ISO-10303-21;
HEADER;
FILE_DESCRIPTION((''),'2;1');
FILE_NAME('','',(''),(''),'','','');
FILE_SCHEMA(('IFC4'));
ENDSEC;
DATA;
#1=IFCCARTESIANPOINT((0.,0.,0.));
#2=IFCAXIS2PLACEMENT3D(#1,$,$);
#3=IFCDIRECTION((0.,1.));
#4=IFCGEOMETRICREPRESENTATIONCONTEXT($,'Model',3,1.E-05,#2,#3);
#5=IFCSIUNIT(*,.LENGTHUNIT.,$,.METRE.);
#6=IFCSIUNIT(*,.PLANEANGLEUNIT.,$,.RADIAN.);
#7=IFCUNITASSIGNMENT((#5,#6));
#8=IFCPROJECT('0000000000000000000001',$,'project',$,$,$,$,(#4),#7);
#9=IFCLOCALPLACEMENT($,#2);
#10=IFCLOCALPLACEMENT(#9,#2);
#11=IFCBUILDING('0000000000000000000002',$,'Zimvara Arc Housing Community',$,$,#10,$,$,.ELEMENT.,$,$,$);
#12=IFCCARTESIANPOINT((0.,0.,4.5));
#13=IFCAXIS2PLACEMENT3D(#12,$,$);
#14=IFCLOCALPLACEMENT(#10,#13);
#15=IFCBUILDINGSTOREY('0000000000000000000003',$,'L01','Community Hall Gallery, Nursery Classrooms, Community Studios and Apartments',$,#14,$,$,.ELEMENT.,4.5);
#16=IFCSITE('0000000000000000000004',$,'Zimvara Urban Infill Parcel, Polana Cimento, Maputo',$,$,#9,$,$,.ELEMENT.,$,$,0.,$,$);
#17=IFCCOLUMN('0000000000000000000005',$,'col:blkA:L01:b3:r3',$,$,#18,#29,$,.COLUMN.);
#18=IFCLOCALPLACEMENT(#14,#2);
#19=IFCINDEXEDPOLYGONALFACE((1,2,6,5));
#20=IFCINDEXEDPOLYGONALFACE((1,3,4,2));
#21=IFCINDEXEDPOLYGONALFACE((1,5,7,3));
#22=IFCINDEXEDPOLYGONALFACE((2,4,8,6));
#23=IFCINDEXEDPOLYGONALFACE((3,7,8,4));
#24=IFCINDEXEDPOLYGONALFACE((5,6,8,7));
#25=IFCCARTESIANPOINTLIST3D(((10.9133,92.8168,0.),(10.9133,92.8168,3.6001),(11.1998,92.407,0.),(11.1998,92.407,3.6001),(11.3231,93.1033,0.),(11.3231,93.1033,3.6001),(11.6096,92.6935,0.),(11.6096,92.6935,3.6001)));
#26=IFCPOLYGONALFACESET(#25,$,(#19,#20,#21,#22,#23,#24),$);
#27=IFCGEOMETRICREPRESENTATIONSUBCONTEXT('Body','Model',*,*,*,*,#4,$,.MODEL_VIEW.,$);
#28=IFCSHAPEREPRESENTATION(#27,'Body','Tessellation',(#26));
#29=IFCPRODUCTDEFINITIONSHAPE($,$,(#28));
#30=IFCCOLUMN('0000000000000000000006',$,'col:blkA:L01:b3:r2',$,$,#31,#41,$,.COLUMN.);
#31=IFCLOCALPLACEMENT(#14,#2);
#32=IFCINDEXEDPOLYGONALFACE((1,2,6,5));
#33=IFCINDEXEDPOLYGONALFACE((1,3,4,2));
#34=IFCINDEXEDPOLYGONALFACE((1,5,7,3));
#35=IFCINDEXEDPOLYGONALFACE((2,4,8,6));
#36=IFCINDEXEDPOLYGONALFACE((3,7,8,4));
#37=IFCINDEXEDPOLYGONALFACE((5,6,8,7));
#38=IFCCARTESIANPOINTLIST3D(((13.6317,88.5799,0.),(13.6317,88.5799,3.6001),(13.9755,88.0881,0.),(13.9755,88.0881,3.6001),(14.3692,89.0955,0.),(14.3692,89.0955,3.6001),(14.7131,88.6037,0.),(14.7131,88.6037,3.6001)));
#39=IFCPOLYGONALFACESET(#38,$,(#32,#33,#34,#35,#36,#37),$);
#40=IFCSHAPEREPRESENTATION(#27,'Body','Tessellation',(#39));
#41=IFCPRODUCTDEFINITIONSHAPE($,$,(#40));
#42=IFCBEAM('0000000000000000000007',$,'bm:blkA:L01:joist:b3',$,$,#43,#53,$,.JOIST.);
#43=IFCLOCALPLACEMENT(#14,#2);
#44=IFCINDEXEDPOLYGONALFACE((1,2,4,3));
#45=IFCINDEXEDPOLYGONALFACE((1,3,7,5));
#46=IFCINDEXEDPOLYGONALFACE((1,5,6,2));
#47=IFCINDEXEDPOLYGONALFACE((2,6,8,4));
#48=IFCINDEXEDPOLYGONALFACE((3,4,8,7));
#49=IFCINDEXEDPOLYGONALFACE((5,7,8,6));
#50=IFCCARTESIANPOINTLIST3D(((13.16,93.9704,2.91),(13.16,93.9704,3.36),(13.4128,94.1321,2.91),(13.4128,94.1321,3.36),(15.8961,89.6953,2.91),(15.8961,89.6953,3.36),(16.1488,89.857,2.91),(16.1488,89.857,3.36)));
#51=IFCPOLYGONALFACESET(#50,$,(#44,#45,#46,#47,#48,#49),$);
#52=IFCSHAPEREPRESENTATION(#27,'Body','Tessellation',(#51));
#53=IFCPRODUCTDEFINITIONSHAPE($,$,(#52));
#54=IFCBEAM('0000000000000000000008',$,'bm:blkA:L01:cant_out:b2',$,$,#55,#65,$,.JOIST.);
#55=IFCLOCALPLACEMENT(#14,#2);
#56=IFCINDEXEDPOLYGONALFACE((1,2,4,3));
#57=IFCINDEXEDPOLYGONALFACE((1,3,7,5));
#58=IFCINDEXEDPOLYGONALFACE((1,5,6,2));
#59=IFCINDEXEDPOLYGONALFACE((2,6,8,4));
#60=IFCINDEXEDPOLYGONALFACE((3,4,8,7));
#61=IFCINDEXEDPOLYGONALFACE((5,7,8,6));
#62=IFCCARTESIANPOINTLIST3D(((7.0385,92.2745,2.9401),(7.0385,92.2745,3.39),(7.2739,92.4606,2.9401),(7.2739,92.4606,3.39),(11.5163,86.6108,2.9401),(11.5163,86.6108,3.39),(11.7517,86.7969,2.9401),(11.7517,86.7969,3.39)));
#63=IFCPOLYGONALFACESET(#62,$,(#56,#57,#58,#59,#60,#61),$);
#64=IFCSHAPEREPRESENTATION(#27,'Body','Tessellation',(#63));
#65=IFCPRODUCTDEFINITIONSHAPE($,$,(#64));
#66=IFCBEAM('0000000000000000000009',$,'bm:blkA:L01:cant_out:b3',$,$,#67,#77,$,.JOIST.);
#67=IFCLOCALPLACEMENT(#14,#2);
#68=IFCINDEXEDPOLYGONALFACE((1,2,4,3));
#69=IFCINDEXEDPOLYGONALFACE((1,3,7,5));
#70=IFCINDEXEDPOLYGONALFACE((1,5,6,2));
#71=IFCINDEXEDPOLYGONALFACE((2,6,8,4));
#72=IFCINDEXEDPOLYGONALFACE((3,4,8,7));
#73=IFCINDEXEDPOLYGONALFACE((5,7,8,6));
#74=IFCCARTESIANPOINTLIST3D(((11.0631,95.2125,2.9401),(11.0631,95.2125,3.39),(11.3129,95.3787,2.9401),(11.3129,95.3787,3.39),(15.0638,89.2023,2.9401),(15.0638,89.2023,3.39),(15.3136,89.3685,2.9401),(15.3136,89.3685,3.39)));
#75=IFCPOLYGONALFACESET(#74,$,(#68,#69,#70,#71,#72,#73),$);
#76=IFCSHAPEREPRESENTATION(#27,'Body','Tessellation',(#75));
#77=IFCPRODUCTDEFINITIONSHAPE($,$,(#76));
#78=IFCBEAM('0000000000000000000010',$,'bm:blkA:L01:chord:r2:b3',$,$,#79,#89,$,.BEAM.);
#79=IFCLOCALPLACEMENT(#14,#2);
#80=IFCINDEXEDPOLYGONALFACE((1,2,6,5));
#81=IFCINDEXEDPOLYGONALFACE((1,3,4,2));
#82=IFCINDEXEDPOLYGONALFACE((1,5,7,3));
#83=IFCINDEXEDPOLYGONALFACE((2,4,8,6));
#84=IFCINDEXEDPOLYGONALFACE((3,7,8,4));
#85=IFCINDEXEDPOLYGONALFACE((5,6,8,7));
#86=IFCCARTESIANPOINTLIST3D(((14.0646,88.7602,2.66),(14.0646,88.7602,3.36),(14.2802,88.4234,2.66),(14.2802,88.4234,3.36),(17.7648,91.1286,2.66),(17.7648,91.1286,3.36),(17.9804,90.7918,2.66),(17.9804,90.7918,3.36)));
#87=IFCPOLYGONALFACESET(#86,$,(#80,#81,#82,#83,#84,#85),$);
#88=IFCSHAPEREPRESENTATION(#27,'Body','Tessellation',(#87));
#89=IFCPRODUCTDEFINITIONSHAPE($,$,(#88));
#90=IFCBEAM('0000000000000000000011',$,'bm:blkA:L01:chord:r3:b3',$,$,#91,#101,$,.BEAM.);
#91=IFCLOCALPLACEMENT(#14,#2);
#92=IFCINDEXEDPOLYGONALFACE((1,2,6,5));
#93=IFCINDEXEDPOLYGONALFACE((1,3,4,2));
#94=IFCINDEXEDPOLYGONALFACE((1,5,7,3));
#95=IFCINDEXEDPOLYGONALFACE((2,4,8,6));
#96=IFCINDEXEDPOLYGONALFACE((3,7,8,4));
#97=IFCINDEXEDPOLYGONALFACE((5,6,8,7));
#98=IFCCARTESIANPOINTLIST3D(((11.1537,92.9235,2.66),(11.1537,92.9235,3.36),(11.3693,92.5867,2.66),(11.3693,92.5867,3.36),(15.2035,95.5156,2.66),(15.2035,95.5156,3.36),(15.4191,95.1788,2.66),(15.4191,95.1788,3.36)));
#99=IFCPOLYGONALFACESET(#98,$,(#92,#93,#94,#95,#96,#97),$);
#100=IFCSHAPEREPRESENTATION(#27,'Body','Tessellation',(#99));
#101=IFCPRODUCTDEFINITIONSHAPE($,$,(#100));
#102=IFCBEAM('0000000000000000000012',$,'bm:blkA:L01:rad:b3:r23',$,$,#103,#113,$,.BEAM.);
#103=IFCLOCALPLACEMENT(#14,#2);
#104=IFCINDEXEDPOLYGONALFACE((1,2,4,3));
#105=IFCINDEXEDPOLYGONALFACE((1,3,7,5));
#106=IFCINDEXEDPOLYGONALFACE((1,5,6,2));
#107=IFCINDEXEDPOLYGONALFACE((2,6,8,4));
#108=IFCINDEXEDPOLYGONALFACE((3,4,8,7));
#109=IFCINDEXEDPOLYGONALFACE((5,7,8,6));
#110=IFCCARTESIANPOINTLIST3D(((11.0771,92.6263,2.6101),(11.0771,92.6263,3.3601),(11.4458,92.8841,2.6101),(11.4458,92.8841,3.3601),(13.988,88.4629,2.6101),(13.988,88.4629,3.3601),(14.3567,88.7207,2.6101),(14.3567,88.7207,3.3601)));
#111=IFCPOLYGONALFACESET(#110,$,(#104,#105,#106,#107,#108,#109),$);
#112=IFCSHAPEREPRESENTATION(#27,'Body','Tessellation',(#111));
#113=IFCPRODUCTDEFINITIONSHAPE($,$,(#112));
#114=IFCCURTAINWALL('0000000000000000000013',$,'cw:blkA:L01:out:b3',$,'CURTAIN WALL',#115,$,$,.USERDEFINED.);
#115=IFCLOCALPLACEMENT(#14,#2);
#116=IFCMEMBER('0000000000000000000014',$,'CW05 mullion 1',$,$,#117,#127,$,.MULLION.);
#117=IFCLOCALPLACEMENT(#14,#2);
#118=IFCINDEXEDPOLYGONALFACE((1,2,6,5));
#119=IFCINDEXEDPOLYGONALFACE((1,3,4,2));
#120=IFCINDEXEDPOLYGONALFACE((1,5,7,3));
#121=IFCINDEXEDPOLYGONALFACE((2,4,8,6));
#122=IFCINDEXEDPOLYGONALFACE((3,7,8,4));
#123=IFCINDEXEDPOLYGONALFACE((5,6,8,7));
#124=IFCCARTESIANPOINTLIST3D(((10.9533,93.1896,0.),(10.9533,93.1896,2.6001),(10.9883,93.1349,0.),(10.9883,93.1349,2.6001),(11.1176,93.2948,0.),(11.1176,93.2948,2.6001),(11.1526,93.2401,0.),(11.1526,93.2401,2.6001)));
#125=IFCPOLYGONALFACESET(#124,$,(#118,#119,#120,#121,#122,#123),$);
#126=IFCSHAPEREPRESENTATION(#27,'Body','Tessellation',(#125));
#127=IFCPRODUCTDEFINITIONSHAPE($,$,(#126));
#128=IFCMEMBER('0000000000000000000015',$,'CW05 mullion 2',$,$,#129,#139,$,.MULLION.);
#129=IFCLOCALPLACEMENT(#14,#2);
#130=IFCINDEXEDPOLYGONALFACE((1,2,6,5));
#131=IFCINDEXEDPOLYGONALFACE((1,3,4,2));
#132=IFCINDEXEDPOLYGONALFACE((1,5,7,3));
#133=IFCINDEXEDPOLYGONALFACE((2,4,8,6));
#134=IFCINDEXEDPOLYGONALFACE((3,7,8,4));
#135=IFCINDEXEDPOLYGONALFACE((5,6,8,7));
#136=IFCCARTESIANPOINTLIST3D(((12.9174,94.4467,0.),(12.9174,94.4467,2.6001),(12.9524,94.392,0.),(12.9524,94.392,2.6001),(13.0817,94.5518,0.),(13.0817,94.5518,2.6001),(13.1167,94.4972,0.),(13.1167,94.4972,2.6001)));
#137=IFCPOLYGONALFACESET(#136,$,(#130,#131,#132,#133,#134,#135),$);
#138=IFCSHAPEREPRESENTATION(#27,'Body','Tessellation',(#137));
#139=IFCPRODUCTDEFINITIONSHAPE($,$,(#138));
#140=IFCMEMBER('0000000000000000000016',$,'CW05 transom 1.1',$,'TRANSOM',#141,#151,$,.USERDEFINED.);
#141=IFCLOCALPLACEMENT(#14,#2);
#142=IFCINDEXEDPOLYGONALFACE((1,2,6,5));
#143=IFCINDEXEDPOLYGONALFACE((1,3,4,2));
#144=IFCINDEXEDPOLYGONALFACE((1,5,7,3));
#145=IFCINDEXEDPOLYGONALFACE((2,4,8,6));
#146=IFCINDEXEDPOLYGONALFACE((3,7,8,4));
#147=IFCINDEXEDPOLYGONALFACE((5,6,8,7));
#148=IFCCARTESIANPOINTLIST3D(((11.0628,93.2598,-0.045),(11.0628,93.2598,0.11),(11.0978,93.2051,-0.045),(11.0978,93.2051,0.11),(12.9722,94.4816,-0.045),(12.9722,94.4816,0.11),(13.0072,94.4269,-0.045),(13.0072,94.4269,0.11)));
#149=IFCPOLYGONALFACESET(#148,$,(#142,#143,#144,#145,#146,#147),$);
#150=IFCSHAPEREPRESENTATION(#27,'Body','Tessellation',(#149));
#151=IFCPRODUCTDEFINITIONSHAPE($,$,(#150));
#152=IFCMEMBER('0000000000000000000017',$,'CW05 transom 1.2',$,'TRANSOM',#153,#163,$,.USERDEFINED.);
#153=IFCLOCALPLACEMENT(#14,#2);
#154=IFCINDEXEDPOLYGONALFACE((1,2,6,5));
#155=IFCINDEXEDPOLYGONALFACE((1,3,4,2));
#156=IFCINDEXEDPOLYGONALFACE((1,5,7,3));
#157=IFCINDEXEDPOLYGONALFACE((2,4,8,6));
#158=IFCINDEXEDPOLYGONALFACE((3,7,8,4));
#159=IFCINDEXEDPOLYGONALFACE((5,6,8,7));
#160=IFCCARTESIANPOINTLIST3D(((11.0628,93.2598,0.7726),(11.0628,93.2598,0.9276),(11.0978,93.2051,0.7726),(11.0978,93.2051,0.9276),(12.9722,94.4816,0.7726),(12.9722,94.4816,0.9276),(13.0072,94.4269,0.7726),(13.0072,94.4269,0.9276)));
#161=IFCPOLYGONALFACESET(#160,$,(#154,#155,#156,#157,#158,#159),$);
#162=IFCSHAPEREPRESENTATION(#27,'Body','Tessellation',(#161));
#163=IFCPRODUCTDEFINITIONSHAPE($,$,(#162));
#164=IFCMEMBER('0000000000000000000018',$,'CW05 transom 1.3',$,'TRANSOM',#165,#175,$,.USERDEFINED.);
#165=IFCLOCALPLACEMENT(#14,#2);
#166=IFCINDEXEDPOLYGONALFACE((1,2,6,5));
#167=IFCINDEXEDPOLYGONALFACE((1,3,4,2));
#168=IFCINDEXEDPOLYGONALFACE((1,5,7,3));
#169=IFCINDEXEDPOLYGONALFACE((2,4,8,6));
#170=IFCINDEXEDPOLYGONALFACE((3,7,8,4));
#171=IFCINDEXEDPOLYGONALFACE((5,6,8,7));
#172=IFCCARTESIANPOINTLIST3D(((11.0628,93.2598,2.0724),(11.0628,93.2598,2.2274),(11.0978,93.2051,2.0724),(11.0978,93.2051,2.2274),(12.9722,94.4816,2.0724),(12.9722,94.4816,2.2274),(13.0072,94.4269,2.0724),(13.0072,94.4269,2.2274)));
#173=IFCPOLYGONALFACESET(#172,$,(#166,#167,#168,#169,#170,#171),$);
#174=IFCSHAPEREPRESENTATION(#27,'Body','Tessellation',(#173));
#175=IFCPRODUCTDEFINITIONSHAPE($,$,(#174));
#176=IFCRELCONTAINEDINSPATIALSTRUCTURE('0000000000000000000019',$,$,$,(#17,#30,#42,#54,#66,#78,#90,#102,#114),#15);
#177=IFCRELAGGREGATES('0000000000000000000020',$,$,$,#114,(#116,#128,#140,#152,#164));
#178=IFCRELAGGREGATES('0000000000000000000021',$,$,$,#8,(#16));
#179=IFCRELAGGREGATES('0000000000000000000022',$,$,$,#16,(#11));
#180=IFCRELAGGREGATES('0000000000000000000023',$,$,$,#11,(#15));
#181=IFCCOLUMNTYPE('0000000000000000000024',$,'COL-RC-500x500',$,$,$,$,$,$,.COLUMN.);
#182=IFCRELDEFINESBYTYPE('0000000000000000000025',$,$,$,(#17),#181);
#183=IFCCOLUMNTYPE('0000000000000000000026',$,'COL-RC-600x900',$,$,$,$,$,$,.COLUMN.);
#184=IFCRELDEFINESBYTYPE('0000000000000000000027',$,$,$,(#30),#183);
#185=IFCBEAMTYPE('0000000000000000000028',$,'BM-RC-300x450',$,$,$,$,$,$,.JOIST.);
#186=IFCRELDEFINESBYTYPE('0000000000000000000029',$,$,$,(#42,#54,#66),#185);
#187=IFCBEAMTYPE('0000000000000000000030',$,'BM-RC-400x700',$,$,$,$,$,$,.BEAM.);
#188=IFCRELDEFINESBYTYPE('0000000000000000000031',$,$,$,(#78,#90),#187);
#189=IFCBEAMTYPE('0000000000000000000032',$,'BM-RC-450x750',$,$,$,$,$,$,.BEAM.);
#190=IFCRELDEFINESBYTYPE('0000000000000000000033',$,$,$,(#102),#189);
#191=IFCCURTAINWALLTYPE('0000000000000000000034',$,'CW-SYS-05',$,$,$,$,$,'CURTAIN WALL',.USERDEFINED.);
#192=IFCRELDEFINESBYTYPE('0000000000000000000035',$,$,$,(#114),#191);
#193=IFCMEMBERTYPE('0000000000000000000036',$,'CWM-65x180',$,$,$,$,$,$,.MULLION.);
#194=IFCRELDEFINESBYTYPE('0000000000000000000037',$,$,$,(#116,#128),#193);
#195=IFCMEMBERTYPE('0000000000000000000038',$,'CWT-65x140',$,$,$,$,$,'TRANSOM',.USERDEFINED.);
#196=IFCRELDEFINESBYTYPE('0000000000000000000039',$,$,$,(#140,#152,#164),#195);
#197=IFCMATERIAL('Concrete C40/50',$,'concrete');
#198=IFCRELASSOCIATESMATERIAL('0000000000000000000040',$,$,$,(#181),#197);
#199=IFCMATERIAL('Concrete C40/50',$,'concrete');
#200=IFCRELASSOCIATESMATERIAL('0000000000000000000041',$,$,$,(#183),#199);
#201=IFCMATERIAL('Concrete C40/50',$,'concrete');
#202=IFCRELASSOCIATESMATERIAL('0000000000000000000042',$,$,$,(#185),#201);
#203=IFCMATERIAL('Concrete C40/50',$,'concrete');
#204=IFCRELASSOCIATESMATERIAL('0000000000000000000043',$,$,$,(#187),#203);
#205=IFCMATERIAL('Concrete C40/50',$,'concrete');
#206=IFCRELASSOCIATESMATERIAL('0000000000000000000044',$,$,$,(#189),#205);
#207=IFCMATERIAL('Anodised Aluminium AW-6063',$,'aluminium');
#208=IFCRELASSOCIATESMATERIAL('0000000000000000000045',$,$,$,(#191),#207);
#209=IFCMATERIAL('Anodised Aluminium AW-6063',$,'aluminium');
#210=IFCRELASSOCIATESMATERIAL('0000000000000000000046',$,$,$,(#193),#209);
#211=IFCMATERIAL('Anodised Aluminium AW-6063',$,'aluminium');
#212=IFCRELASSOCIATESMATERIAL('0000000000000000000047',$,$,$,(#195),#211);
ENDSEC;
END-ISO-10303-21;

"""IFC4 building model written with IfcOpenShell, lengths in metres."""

from ifc_helpers import new_model, si_unit, direction, frame, origin, origin_2d, place, context, subcontext, project, spatial, rectangle, extrude, material, material_profile, profile_set, type_object, element, aggregate, save


model = new_model("IFC4")

# Units and contexts
model_context = context("Model", 3, precision=1e-05, world=origin(), true_north=direction((0.0, 1.0)))
body_context = subcontext(model_context, "Body", "Model", "MODEL_VIEW")
ifc_project = project(units=[si_unit("LENGTHUNIT", "METRE"), si_unit("PLANEANGLEUNIT", "RADIAN")], contexts=[model_context])

# Site, building, storey
site_placement = place(None, origin())
site = spatial("IfcSite", under=ifc_project, at=site_placement, Name="Zimvara Urban Infill Parcel, Polana Cimento, Maputo", CompositionType="ELEMENT", RefElevation=0.0)
building_placement = place(site_placement, origin())
building = spatial("IfcBuilding", under=site, at=building_placement, Name="Zimvara Arc Housing Community", CompositionType="ELEMENT")
storey_placement = place(building_placement, frame((0.0, 0.0, 4.5)))
storey = spatial("IfcBuildingStorey", under=building, at=storey_placement, Name="L01", Description="Community Hall Gallery, Nursery Classrooms, Community Studios and Apartments", CompositionType="ELEMENT", Elevation=4.5)

# Columns
ifc_material_1 = material(Name="Concrete C40/50", Category="concrete")
ifc_material_profile_1 = material_profile(ifc_material_1, rectangle(XDim=0.5, YDim=0.5, at=origin_2d()), Name="RC 500x500")
ifc_profile_set_1 = profile_set([ifc_material_profile_1], Name="Concrete C40/50")
column_type_1 = type_object("IfcColumnType", Name="COL-RC-500x500", PredefinedType="COLUMN", material=ifc_profile_set_1)
column_1_placement = place(storey_placement, frame((11.2615, 92.7551, 0.0), z_axis=(0.0, 0.0, 1.0), x_axis=(-0.573004, 0.819552, 0.0)))
element("IfcColumn", 1, at=column_1_placement, inside=storey, type_object=column_type_1, Name="col:blkA:L01:b3:r3", PredefinedType="COLUMN", context=body_context, shape_type="SweptSolid", body=[
    extrude(rectangle(XDim=0.5, YDim=0.5, at=origin_2d()), origin(), (0.0, 0.0, 1.0), 3.6001),
])
ifc_material_2 = material(Name="Concrete C40/50", Category="concrete")
ifc_material_profile_2 = material_profile(ifc_material_2, rectangle(XDim=0.6001, YDim=0.8999, at=origin_2d()), Name="RC 600x900")
ifc_profile_set_2 = profile_set([ifc_material_profile_2], Name="Concrete C40/50")
column_type_2 = type_object("IfcColumnType", Name="COL-RC-600x900", PredefinedType="COLUMN", material=ifc_profile_set_2)
column_2_placement = place(storey_placement, frame((14.1724, 88.5918, 0.0), z_axis=(0.0, 0.0, 1.0), x_axis=(-0.573004, 0.819552, 0.0)))
element("IfcColumn", 2, at=column_2_placement, inside=storey, type_object=column_type_2, Name="col:blkA:L01:b3:r2", PredefinedType="COLUMN", context=body_context, shape_type="SweptSolid", body=[
    extrude(rectangle(XDim=0.6001, YDim=0.8999, at=origin_2d()), origin(), (0.0, 0.0, 1.0), 3.6001),
])

# Beams
ifc_material_3 = material(Name="Concrete C40/50", Category="concrete")
ifc_material_profile_3 = material_profile(ifc_material_3, rectangle(XDim=0.3, YDim=0.45, at=origin_2d()), Name="RC 300x450")
ifc_profile_set_3 = profile_set([ifc_material_profile_3], Name="Concrete C40/50")
beam_type_1 = type_object("IfcBeamType", Name="BM-RC-300x450", PredefinedType="JOIST", material=ifc_profile_set_3)
beam_1_placement = place(storey_placement, frame((16.0225, 89.7761, 3.135), z_axis=(-0.539052, 0.842272, 0.0), x_axis=(-0.842272, -0.539052, 0.0)))
element("IfcBeam", 3, at=beam_1_placement, inside=storey, type_object=beam_type_1, Name="bm:blkA:L01:joist:b3", PredefinedType="JOIST", context=body_context, shape_type="SweptSolid", body=[
    extrude(rectangle(XDim=0.3, YDim=0.45, at=origin_2d()), origin(), (0.0, 0.0, 1.0), 5.0757),
])
for number, where, z_axis, x_axis, name in (
    (4, (11.634, 86.7039, 3.165), (-0.620202, 0.784442, 0.0), (-0.784442, -0.620202, 0.0), "bm:blkA:L01:cant_out:b2"),
    (5, (15.1887, 89.2854, 3.165), (-0.554115, 0.83244, 0.0), (-0.83244, -0.554115, 0.0), "bm:blkA:L01:cant_out:b3"),
):
    element("IfcBeam", number, at=place(storey_placement, frame(where, z_axis=z_axis, x_axis=x_axis)), inside=storey, type_object=beam_type_1, Name=name, PredefinedType="JOIST", context=body_context, shape_type="SweptSolid", body=[
        extrude(rectangle(XDim=0.3, YDim=0.45, at=origin_2d()), origin(), (0.0, 0.0, 1.0), 7.22),
    ])
ifc_material_4 = material(Name="Concrete C40/50", Category="concrete")
ifc_material_profile_4 = material_profile(ifc_material_4, rectangle(XDim=0.3999, YDim=0.7, at=origin_2d()), Name="RC 400x700")
ifc_profile_set_4 = profile_set([ifc_material_profile_4], Name="Concrete C40/50")
beam_type_2 = type_object("IfcBeamType", Name="BM-RC-400x700", PredefinedType="BEAM", material=ifc_profile_set_4)
beam_2_placement = place(storey_placement, frame((14.1724, 88.5918, 3.01), z_axis=(0.842242, 0.539099, 0.0), x_axis=(-0.539099, 0.842242, 0.0)))
element("IfcBeam", 6, at=beam_2_placement, inside=storey, type_object=beam_type_2, Name="bm:blkA:L01:chord:r2:b3", PredefinedType="BEAM", context=body_context, shape_type="SweptSolid", body=[
    extrude(rectangle(XDim=0.3999, YDim=0.7, at=origin_2d()), origin(), (0.0, 0.0, 1.0), 4.3933),
])
beam_3_placement = place(storey_placement, frame((11.2615, 92.7551, 3.01), z_axis=(0.842256, 0.539078, 0.0), x_axis=(-0.539078, 0.842256, 0.0)))
element("IfcBeam", 7, at=beam_3_placement, inside=storey, type_object=beam_type_2, Name="bm:blkA:L01:chord:r3:b3", PredefinedType="BEAM", context=body_context, shape_type="SweptSolid", body=[
    extrude(rectangle(XDim=0.3999, YDim=0.7, at=origin_2d()), origin(), (0.0, 0.0, 1.0), 4.8083),
])
ifc_material_5 = material(Name="Concrete C40/50", Category="concrete")
ifc_material_profile_5 = material_profile(ifc_material_5, rectangle(XDim=0.45, YDim=0.75, at=origin_2d()), Name="RC 450x750")
ifc_profile_set_5 = profile_set([ifc_material_profile_5], Name="Concrete C40/50")
beam_type_3 = type_object("IfcBeamType", Name="BM-RC-450x750", PredefinedType="BEAM", material=ifc_profile_set_5)
beam_4_placement = place(storey_placement, frame((14.1724, 88.5918, 2.9851), z_axis=(-0.573007, 0.81955, 0.0), x_axis=(-0.81955, -0.573007, 0.0)))
element("IfcBeam", 8, at=beam_4_placement, inside=storey, type_object=beam_type_3, Name="bm:blkA:L01:rad:b3:r23", PredefinedType="BEAM", context=body_context, shape_type="SweptSolid", body=[
    extrude(rectangle(XDim=0.45, YDim=0.75, at=origin_2d()), origin(), (0.0, 0.0, 1.0), 5.0801),
])

# Curtain wall, members
ifc_material_6 = material(Name="Anodised Aluminium AW-6063", Category="aluminium")
curtain_wall_type = type_object("IfcCurtainWallType", Name="CW-SYS-05", ElementType="CURTAIN WALL", PredefinedType="USERDEFINED", material=ifc_material_6)
curtain_wall_placement = place(storey_placement, origin())
curtain_wall = element("IfcCurtainWall", 9, at=curtain_wall_placement, inside=storey, type_object=curtain_wall_type, Name="cw:blkA:L01:out:b3", ObjectType="CURTAIN WALL", PredefinedType="USERDEFINED")
ifc_material_7 = material(Name="Anodised Aluminium AW-6063", Category="aluminium")
ifc_material_profile_6 = material_profile(ifc_material_7, rectangle(XDim=0.0649, YDim=0.1951, at=origin_2d()), Name="ALU 65x195")
ifc_profile_set_6 = profile_set([ifc_material_profile_6], Name="Anodised Aluminium AW-6063")
member_type_1 = type_object("IfcMemberType", Name="CWM-65x180", PredefinedType="MULLION", material=ifc_profile_set_6)
member_1_placement = place(storey_placement, frame((11.053, 93.2148, 0.0), z_axis=(0.0, 0.0, 1.0), x_axis=(-0.539065, 0.842264, 0.0)))
member_1 = element("IfcMember", 10, at=member_1_placement, type_object=member_type_1, Name="CW05 mullion 1", PredefinedType="MULLION", context=body_context, shape_type="SweptSolid", body=[
    extrude(rectangle(XDim=0.0649, YDim=0.1951, at=origin_2d()), origin(), (0.0, 0.0, 1.0), 2.6001),
])
member_2_placement = place(storey_placement, frame((13.0171, 94.4719, 0.0), z_axis=(0.0, 0.0, 1.0), x_axis=(-0.539065, 0.842264, 0.0)))
member_2 = element("IfcMember", 11, at=member_2_placement, type_object=member_type_1, Name="CW05 mullion 2", PredefinedType="MULLION", context=body_context, shape_type="SweptSolid", body=[
    extrude(rectangle(XDim=0.0649, YDim=0.1951, at=origin_2d()), origin(), (0.0, 0.0, 1.0), 2.6001),
])
ifc_material_8 = material(Name="Anodised Aluminium AW-6063", Category="aluminium")
ifc_material_profile_7 = material_profile(ifc_material_8, rectangle(XDim=0.0649, YDim=0.155, at=origin_2d()), Name="ALU 65x155")
ifc_profile_set_7 = profile_set([ifc_material_profile_7], Name="Anodised Aluminium AW-6063")
member_type_2 = type_object("IfcMemberType", Name="CWT-65x140", ElementType="TRANSOM", PredefinedType="USERDEFINED", material=ifc_profile_set_7)
member_3_placement = place(storey_placement, frame((11.0803, 93.2324, 0.0325), z_axis=(0.842293, 0.53902, 0.0), x_axis=(-0.53902, 0.842293, 0.0)))
member_3 = element("IfcMember", 12, at=member_3_placement, type_object=member_type_2, Name="CW05 transom 1.1", ObjectType="TRANSOM", PredefinedType="USERDEFINED", context=body_context, shape_type="SweptSolid", body=[
    extrude(rectangle(XDim=0.0649, YDim=0.155, at=origin_2d()), origin(), (0.0, 0.0, 1.0), 2.2668),
])
member_4_placement = place(storey_placement, frame((11.0803, 93.2324, 0.8501), z_axis=(0.842293, 0.53902, 0.0), x_axis=(-0.53902, 0.842293, 0.0)))
member_4 = element("IfcMember", 13, at=member_4_placement, type_object=member_type_2, Name="CW05 transom 1.2", ObjectType="TRANSOM", PredefinedType="USERDEFINED", context=body_context, shape_type="SweptSolid", body=[
    extrude(rectangle(XDim=0.0649, YDim=0.155, at=origin_2d()), origin(), (0.0, 0.0, 1.0), 2.2668),
])
member_5_placement = place(storey_placement, frame((11.0803, 93.2324, 2.1499), z_axis=(0.842293, 0.53902, 0.0), x_axis=(-0.53902, 0.842293, 0.0)))
member_5 = element("IfcMember", 14, at=member_5_placement, type_object=member_type_2, Name="CW05 transom 1.3", ObjectType="TRANSOM", PredefinedType="USERDEFINED", context=body_context, shape_type="SweptSolid", body=[
    extrude(rectangle(XDim=0.0649, YDim=0.155, at=origin_2d()), origin(), (0.0, 0.0, 1.0), 2.2668),
])
aggregate(curtain_wall, [member_1, member_2, member_3, member_4, member_5])

save(model, "model.ifc")
